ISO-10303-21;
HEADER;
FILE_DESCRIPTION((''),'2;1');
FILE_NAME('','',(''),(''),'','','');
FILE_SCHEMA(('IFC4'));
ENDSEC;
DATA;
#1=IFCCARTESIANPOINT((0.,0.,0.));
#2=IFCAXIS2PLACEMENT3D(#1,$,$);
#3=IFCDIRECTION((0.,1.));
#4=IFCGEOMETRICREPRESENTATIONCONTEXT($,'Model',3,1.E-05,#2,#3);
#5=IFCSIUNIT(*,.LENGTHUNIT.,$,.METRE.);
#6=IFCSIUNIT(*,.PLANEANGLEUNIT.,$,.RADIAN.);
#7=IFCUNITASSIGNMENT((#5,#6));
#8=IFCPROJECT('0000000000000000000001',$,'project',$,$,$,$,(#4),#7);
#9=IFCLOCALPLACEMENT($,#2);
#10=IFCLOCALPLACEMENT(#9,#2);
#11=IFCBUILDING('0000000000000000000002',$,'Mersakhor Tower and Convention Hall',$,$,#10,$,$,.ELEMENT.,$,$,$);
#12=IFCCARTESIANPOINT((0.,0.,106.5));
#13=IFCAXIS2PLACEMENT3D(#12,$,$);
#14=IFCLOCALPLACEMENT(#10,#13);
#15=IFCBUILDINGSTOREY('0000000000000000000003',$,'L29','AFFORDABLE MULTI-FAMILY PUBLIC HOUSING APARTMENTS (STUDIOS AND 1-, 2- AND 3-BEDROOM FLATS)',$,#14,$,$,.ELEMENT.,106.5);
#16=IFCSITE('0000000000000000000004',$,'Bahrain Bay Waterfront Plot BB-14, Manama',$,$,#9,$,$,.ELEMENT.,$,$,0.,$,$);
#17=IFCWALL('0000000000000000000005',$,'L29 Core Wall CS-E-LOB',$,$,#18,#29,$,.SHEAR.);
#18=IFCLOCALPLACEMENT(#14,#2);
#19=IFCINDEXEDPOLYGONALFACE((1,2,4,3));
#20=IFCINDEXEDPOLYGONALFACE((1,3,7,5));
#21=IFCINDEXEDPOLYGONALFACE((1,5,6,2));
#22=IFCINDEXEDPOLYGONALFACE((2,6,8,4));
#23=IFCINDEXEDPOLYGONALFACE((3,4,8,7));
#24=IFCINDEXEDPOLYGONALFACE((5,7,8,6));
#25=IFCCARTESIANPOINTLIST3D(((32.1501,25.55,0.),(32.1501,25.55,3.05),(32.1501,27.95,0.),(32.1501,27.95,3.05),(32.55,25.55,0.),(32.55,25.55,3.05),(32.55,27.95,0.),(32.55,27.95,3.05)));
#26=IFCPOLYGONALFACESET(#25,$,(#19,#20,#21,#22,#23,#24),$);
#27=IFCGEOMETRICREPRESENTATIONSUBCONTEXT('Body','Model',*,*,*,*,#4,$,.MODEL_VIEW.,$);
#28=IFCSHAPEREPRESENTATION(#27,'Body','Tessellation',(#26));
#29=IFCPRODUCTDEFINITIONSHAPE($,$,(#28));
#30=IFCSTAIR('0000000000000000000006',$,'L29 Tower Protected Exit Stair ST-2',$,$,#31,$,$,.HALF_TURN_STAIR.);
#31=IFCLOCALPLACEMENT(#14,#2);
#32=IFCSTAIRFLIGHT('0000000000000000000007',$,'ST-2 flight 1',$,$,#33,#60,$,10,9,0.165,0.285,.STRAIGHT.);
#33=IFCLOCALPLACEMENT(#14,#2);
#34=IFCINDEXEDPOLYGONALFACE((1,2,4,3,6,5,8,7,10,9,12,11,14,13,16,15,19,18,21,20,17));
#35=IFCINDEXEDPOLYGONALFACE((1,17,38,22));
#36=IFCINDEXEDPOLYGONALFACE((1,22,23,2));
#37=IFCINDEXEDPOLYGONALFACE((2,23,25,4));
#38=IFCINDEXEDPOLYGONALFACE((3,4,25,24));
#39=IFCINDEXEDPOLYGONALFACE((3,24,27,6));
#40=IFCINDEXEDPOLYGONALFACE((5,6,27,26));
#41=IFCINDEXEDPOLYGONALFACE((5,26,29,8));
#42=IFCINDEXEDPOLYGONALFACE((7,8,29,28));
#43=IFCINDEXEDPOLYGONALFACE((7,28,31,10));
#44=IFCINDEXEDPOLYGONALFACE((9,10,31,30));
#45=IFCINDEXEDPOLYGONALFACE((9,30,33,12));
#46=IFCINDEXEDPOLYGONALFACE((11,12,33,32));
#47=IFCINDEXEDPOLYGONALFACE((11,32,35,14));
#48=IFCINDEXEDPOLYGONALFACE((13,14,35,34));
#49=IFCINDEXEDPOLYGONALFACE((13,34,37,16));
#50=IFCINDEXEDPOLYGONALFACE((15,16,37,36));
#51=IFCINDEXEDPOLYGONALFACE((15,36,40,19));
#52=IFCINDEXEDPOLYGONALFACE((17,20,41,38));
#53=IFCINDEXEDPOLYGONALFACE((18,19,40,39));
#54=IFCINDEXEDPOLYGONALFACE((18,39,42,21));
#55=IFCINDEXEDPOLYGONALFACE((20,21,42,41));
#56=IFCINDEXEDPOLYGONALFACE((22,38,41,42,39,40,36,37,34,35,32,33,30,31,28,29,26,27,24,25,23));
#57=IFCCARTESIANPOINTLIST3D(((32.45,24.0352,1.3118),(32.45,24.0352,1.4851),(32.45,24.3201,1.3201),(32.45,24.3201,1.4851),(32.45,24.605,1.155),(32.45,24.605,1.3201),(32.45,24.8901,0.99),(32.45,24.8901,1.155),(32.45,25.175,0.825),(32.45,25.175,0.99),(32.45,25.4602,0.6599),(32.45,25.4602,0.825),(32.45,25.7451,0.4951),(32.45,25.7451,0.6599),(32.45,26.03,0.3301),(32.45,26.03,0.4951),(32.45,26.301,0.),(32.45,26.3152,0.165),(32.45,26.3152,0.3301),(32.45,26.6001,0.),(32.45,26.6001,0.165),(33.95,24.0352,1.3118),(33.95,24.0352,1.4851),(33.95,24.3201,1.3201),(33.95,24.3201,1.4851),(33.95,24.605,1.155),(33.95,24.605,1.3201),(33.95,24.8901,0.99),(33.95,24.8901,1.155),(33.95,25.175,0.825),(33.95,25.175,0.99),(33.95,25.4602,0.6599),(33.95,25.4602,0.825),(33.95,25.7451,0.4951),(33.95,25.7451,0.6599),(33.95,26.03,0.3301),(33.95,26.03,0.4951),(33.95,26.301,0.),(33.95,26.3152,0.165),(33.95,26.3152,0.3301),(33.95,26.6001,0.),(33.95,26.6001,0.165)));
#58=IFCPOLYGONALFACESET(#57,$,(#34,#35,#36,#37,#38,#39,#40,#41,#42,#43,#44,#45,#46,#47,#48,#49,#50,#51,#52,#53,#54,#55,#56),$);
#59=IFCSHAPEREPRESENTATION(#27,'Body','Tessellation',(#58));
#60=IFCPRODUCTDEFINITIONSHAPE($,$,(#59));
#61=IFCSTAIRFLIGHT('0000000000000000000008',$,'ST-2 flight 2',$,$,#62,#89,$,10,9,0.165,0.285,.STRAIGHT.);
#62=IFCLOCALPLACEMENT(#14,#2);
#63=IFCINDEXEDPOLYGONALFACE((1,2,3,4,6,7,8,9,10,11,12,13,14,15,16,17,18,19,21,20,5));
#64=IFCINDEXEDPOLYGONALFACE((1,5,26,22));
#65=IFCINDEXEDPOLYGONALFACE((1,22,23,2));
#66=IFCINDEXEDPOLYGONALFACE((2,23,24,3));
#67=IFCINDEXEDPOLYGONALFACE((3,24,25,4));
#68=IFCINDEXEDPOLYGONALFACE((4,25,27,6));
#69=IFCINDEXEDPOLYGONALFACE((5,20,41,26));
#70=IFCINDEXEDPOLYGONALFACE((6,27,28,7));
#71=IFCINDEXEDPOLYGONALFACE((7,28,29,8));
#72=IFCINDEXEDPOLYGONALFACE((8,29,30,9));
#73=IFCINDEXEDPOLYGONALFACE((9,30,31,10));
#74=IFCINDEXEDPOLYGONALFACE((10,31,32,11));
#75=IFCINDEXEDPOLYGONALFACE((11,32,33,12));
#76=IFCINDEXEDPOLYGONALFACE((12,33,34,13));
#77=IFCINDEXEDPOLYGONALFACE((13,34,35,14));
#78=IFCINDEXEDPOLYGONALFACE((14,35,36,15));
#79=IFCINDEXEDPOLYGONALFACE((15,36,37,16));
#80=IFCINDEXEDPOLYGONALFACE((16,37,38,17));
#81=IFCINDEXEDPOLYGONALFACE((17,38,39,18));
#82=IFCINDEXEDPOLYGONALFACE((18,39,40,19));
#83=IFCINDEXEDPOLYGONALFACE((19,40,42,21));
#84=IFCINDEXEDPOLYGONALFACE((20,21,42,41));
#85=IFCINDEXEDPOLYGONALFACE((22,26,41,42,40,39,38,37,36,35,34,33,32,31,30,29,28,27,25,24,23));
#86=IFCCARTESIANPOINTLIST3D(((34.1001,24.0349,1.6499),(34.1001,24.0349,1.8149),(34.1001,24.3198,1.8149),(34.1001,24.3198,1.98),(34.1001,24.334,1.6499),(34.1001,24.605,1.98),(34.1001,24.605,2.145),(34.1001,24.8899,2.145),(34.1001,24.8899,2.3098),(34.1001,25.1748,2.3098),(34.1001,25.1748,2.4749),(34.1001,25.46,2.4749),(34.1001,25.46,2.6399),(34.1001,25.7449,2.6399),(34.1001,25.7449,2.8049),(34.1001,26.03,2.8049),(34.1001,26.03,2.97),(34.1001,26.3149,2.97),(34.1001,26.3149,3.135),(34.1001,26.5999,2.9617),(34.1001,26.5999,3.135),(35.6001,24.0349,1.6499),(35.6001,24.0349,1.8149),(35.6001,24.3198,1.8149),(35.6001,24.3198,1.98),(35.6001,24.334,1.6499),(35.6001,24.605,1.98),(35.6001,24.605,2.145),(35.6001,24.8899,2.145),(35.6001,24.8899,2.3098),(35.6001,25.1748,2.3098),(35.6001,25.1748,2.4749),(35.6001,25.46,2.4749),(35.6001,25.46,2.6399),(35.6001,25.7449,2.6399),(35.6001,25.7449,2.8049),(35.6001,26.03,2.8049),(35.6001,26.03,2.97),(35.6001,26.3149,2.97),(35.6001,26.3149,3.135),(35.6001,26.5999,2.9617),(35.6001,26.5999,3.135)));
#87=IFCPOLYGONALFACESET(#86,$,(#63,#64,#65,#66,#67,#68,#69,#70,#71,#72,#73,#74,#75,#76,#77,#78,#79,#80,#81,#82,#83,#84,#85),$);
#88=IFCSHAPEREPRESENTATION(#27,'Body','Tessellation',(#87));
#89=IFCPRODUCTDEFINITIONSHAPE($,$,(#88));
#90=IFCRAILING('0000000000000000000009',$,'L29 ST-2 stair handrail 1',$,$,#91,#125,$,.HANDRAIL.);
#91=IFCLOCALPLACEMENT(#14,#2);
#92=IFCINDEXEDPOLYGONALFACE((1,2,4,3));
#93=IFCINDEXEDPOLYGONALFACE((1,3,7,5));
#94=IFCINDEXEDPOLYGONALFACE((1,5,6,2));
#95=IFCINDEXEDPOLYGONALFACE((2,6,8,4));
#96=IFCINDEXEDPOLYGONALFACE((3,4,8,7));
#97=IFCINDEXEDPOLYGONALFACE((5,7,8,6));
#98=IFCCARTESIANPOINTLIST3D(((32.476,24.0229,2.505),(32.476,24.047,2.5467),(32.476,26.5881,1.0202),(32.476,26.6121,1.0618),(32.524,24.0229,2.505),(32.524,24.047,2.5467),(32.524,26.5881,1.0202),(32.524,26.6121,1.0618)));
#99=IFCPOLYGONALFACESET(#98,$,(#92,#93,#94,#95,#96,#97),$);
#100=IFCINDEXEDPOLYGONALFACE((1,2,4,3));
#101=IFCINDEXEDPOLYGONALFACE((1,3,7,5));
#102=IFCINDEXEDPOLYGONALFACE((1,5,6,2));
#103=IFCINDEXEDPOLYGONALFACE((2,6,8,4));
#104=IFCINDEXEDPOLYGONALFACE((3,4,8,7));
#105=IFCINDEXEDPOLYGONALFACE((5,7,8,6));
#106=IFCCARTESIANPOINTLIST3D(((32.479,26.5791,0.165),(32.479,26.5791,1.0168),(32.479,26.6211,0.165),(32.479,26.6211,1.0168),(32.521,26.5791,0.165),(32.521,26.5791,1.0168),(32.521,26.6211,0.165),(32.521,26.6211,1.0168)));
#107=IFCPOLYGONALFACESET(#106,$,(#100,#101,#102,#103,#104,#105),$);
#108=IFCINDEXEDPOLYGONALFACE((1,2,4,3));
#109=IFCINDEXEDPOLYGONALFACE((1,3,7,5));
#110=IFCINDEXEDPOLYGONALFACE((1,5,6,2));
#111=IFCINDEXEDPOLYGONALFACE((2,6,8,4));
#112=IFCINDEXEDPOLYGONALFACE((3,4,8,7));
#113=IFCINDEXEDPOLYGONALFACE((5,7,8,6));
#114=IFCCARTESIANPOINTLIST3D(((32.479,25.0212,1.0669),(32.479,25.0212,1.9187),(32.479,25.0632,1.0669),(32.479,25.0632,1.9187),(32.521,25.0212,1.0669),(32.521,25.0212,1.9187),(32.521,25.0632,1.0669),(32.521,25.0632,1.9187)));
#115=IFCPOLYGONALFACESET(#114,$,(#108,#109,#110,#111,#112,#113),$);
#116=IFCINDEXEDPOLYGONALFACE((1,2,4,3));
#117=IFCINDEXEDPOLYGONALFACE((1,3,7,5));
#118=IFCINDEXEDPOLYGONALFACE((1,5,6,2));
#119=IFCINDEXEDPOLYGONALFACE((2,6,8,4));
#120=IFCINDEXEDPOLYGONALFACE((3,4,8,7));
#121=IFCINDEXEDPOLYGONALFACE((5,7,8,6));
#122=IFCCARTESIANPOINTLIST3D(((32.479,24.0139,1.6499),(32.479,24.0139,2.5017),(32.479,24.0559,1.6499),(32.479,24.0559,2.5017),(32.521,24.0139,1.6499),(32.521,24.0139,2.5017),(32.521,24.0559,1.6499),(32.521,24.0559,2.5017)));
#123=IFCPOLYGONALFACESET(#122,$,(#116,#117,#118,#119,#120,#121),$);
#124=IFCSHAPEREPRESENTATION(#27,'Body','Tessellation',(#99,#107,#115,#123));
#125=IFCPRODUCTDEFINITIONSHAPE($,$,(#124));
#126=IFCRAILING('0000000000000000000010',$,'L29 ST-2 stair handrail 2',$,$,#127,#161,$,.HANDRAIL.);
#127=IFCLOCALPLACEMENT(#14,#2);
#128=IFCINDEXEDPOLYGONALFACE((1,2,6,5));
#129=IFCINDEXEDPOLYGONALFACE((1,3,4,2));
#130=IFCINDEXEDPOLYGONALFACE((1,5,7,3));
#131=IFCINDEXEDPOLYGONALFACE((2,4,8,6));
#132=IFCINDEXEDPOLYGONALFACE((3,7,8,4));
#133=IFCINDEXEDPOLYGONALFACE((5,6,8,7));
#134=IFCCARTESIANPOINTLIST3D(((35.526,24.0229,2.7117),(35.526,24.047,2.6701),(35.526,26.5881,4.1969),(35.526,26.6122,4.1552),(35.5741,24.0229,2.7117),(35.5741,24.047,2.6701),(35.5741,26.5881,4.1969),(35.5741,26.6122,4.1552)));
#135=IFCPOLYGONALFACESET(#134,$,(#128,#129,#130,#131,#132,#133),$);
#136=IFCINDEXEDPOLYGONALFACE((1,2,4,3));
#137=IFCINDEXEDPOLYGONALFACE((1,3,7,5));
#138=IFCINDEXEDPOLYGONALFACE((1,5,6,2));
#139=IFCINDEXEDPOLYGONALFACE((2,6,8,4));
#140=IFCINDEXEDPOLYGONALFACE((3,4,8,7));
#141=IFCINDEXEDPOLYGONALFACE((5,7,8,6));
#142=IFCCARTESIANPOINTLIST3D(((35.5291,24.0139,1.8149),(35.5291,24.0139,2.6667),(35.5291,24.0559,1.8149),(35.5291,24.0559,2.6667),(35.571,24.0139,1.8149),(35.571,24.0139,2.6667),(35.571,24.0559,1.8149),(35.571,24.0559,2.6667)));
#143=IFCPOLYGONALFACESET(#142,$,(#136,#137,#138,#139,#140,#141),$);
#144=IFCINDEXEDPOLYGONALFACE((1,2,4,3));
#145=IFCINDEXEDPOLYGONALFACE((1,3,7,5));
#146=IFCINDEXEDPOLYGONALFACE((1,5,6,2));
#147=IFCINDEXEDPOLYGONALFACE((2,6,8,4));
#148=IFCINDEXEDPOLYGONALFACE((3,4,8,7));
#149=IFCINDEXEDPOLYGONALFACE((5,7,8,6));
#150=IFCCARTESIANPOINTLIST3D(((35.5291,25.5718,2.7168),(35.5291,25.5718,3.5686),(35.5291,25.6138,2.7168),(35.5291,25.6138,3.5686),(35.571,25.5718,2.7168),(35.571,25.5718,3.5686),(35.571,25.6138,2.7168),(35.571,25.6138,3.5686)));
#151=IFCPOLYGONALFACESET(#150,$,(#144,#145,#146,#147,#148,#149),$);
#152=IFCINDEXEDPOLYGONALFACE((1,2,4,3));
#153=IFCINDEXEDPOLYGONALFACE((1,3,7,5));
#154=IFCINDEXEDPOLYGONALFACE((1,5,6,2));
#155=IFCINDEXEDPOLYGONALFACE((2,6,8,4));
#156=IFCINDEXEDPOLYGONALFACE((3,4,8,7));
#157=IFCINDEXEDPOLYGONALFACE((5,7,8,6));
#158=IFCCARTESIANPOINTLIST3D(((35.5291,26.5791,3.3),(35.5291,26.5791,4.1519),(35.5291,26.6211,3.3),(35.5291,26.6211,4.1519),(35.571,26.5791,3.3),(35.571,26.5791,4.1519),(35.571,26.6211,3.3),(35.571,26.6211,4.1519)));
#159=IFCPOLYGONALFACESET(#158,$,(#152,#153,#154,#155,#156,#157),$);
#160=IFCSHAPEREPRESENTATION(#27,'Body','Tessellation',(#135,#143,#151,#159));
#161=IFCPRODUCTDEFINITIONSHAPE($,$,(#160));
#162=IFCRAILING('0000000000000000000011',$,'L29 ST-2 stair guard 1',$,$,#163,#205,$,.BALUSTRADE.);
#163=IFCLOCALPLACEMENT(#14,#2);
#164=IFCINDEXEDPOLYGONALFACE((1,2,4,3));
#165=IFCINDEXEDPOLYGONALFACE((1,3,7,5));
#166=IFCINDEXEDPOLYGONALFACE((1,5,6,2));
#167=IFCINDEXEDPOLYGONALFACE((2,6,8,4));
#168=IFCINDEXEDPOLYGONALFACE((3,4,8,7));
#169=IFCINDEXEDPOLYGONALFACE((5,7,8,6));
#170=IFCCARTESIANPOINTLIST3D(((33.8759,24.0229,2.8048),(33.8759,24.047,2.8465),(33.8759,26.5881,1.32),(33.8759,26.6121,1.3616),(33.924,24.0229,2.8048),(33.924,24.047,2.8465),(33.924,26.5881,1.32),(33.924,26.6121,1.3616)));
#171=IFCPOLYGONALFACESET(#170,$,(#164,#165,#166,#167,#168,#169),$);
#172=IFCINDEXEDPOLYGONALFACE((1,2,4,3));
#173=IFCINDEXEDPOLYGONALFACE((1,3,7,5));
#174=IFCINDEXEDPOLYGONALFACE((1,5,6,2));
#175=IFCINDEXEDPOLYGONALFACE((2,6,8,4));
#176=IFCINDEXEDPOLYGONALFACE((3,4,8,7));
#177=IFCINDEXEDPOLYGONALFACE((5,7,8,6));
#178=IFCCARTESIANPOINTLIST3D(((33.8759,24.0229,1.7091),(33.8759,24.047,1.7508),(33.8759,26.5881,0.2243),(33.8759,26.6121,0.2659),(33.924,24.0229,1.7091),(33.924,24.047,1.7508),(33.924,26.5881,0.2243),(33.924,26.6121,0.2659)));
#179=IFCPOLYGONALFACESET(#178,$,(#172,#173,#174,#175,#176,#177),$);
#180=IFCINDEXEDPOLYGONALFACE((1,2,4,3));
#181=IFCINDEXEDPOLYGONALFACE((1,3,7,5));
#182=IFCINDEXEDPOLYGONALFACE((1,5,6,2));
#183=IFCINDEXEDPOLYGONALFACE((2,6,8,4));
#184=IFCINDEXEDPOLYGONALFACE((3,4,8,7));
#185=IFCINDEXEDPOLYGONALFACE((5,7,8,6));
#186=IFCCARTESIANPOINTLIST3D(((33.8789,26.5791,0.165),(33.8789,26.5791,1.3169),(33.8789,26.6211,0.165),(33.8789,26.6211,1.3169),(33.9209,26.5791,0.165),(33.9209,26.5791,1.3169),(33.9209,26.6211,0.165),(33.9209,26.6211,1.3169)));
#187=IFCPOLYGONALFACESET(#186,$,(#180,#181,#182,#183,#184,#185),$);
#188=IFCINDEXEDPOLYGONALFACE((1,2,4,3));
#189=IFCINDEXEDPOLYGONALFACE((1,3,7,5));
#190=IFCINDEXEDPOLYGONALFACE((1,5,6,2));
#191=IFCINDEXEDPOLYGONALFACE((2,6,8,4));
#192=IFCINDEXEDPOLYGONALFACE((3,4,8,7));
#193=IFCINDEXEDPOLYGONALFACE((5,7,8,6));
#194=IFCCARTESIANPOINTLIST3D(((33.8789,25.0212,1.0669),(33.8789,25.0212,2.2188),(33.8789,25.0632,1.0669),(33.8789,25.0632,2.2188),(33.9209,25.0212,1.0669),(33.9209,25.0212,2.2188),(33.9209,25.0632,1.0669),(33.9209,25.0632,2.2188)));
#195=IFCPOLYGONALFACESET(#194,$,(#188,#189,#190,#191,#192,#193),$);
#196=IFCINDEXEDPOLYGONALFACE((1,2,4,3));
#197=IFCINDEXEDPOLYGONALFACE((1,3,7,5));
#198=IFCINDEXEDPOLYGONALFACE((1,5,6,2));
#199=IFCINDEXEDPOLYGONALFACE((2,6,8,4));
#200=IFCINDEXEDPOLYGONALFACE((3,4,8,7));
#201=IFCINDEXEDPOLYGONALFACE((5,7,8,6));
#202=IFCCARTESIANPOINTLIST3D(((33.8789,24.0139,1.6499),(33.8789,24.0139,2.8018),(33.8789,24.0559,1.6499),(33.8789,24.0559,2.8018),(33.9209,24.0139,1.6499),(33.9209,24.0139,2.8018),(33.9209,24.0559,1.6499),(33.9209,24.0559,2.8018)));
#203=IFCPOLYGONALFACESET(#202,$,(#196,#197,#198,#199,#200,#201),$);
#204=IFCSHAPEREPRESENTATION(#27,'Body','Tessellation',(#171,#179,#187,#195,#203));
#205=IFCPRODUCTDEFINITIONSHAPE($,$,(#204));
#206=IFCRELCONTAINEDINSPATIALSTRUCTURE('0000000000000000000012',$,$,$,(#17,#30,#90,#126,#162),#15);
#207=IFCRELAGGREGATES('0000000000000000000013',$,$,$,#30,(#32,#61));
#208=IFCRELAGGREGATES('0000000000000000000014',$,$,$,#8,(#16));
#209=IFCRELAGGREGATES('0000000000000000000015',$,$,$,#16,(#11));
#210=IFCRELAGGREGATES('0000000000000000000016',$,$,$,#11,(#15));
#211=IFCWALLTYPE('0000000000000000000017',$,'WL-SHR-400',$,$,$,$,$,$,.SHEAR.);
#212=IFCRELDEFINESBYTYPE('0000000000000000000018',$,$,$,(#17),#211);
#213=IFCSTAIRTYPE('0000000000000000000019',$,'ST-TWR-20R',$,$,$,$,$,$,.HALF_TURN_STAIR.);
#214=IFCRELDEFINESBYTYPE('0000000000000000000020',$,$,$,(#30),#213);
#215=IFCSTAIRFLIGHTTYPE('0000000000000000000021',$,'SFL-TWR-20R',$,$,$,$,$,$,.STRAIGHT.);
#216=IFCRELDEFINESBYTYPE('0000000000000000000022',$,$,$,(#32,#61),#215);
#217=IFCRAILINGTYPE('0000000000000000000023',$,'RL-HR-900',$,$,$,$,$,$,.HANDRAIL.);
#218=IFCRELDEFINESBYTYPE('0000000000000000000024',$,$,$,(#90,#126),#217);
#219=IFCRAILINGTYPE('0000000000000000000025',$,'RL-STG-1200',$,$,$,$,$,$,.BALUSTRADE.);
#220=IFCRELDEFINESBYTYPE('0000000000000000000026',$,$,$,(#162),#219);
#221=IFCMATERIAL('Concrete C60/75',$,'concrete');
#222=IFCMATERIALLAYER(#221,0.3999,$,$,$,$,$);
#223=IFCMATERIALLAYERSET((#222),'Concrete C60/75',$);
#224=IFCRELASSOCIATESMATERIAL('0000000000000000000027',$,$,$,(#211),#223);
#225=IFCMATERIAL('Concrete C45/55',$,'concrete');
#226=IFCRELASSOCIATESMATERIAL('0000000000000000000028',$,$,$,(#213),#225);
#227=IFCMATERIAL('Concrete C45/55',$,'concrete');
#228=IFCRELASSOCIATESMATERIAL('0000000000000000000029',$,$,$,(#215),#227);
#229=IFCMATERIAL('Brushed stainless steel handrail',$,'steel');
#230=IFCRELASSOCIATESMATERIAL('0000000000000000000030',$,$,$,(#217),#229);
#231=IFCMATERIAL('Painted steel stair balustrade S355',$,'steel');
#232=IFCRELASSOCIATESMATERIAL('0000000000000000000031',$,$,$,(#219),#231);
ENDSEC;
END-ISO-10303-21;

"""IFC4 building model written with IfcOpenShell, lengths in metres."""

from ifc_helpers import new_model, si_unit, direction, frame, frame_2d, origin, origin_2d, place, context, subcontext, project, spatial, polyline, rectangle, outline, extrude, material, layer, layer_set, type_object, element, aggregate, save


model = new_model("IFC4")

# Units and contexts
model_context = context("Model", 3, precision=1e-05, world=origin(), true_north=direction((0.0, 1.0)))
body_context = subcontext(model_context, "Body", "Model", "MODEL_VIEW")
ifc_project = project(units=[si_unit("LENGTHUNIT", "METRE"), si_unit("PLANEANGLEUNIT", "RADIAN")], contexts=[model_context])

# Site, building, storey
site_placement = place(None, origin())
site = spatial("IfcSite", under=ifc_project, at=site_placement, Name="Bahrain Bay Waterfront Plot BB-14, Manama", CompositionType="ELEMENT", RefElevation=0.0)
building_placement = place(site_placement, origin())
building = spatial("IfcBuilding", under=site, at=building_placement, Name="Mersakhor Tower and Convention Hall", CompositionType="ELEMENT")
storey_placement = place(building_placement, frame((0.0, 0.0, 106.5)))
storey = spatial("IfcBuildingStorey", under=building, at=storey_placement, Name="L29", Description="AFFORDABLE MULTI-FAMILY PUBLIC HOUSING APARTMENTS (STUDIOS AND 1-, 2- AND 3-BEDROOM FLATS)", CompositionType="ELEMENT", Elevation=106.5)

# Shared definitions
ifc_material_1 = material(Name="Concrete C60/75", Category="concrete")
ifc_layer_1 = layer(ifc_material_1, 0.3999)
ifc_layer_set_1 = layer_set([ifc_layer_1], Name="Concrete C60/75")
wall_type_1 = type_object("IfcWallType", Name="WL-SHR-400", PredefinedType="SHEAR", material=ifc_layer_set_1)

# Wall
wall_1_placement = place(storey_placement, frame((32.3501, 25.55, 0.0), z_axis=(0.0, 0.0, 1.0), x_axis=(0.0, 1.0, 0.0)))
element("IfcWall", 1, at=wall_1_placement, inside=storey, type_object=wall_type_1, Name="L29 Core Wall CS-E-LOB", PredefinedType="SHEAR", context=body_context, shape_type="SweptSolid", body=[
    extrude(rectangle(XDim=2.3999, YDim=0.3999, at=frame_2d((1.2, 0.0))), origin(), (0.0, 0.0, 1.0), 3.05),
])

# Stair, stair flights
ifc_material_2 = material(Name="Concrete C45/55", Category="concrete")
stair_type = type_object("IfcStairType", Name="ST-TWR-20R", PredefinedType="HALF_TURN_STAIR", material=ifc_material_2)
stair_placement = place(storey_placement, origin())
stair = element("IfcStair", 2, at=stair_placement, inside=storey, type_object=stair_type, Name="L29 Tower Protected Exit Stair ST-2", PredefinedType="HALF_TURN_STAIR")
ifc_material_3 = material(Name="Concrete C45/55", Category="concrete")
stair_flight_type = type_object("IfcStairFlightType", Name="SFL-TWR-20R", PredefinedType="STRAIGHT", material=ifc_material_3)
stair_flight_1_placement = place(storey_placement, frame((33.2, 26.6001, 0.0), z_axis=(0.0, 0.0, 1.0), x_axis=(0.0, -1.0, 0.0)))
stair_flight_1 = element("IfcStairFlight", 3, at=stair_flight_1_placement, type_object=stair_flight_type, Name="ST-2 flight 1", NumberOfRisers=10, NumberOfTreads=9, PredefinedType="STRAIGHT", RiserHeight=0.165, TreadLength=0.285, context=body_context, shape_type="SweptSolid", body=[
    extrude(outline(polyline([(0.0, 0.0), (0.0, 0.165), (0.2849, 0.165), (0.2849, 0.3301), (0.5701, 0.3301), (0.5701, 0.4951), (0.855, 0.4951), (0.855, 0.6599), (1.1399, 0.6599), (1.1399, 0.825), (1.425, 0.825), (1.425, 0.99), (1.71, 0.99), (1.71, 1.155), (1.9951, 1.155), (1.9951, 1.3201), (2.28, 1.3201), (2.28, 1.4851), (2.5649, 1.4851), (2.5649, 1.6499), (2.5649, 1.3118), (0.2991, 0.0), (0.0, 0.0)])), frame((0.0, 0.75, 0.0), z_axis=(0.0, -1.0, 0.0), x_axis=(1.0, 0.0, 0.0)), (0.0, 0.0, 1.0), 1.5),
])
stair_flight_2_placement = place(storey_placement, frame((34.8501, 24.0349, 1.6499), z_axis=(0.0, 0.0, 1.0), x_axis=(0.0, 1.0, 0.0)))
stair_flight_2 = element("IfcStairFlight", 4, at=stair_flight_2_placement, type_object=stair_flight_type, Name="ST-2 flight 2", NumberOfRisers=10, NumberOfTreads=9, PredefinedType="STRAIGHT", RiserHeight=0.165, TreadLength=0.285, context=body_context, shape_type="SweptSolid", body=[
    extrude(outline(polyline([(0.0, 0.0), (0.0, 0.165), (0.2849, 0.165), (0.2849, 0.3301), (0.5701, 0.3301), (0.5701, 0.4951), (0.855, 0.4951), (0.855, 0.6599), (1.1399, 0.6599), (1.1399, 0.825), (1.425, 0.825), (1.425, 0.99), (1.71, 0.99), (1.71, 1.155), (1.9951, 1.155), (1.9951, 1.3201), (2.28, 1.3201), (2.28, 1.4851), (2.5649, 1.4851), (2.5649, 1.6499), (2.5649, 1.3118), (0.2991, 0.0), (0.0, 0.0)])), frame((0.0, 0.75, 0.0), z_axis=(0.0, -1.0, 0.0), x_axis=(1.0, 0.0, 0.0)), (0.0, 0.0, 1.0), 1.5),
])
aggregate(stair, [stair_flight_1, stair_flight_2])

# Railings
ifc_material_4 = material(Name="Brushed stainless steel handrail", Category="steel")
railing_type_1 = type_object("IfcRailingType", Name="RL-HR-900", PredefinedType="HANDRAIL", material=ifc_material_4)
railing_1_placement = place(storey_placement, frame((32.5, 26.6001, 0.165)))
element("IfcRailing", 5, at=railing_1_placement, inside=storey, type_object=railing_type_1, Name="L29 ST-2 stair handrail 1", PredefinedType="HANDRAIL", context=body_context, shape_type="SweptSolid", body=[
    extrude(rectangle(XDim=0.0481, YDim=0.0481, at=origin_2d()), frame((0.0, 0.0, 0.876), z_axis=(0.0, -0.865462, 0.500975), x_axis=(1.0, 0.0, 0.0)), (0.0, 0.0, 1.0), 2.9639),
    extrude(rectangle(XDim=0.042, YDim=0.042, at=origin_2d()), origin(), (0.0, 0.0, 1.0), 0.8518),
    extrude(rectangle(XDim=0.042, YDim=0.042, at=origin_2d()), frame((0.0, -1.5579, 0.9019)), (0.0, 0.0, 1.0), 0.8518),
    extrude(rectangle(XDim=0.042, YDim=0.042, at=origin_2d()), frame((0.0, -2.5652, 1.4849)), (0.0, 0.0, 1.0), 0.8518),
])
railing_2_placement = place(storey_placement, frame((35.55, 24.0349, 1.8149)))
element("IfcRailing", 6, at=railing_2_placement, inside=storey, type_object=railing_type_1, Name="L29 ST-2 stair handrail 2", PredefinedType="HANDRAIL", context=body_context, shape_type="SweptSolid", body=[
    extrude(rectangle(XDim=0.0481, YDim=0.0481, at=origin_2d()), frame((0.0, 0.0, 0.876), z_axis=(0.0, 0.865426, 0.501036), x_axis=(-1.0, 0.0, 0.0)), (0.0, 0.0, 1.0), 2.9641),
    extrude(rectangle(XDim=0.042, YDim=0.042, at=origin_2d()), origin(), (0.0, 0.0, 1.0), 0.8518),
    extrude(rectangle(XDim=0.042, YDim=0.042, at=origin_2d()), frame((0.0, 1.5579, 0.9019)), (0.0, 0.0, 1.0), 0.8518),
    extrude(rectangle(XDim=0.042, YDim=0.042, at=origin_2d()), frame((0.0, 2.5652, 1.4851)), (0.0, 0.0, 1.0), 0.8518),
])
ifc_material_5 = material(Name="Painted steel stair balustrade S355", Category="steel")
railing_type_2 = type_object("IfcRailingType", Name="RL-STG-1200", PredefinedType="BALUSTRADE", material=ifc_material_5)
railing_3_placement = place(storey_placement, frame((33.8999, 26.6001, 0.165)))
element("IfcRailing", 7, at=railing_3_placement, inside=storey, type_object=railing_type_2, Name="L29 ST-2 stair guard 1", PredefinedType="BALUSTRADE", context=body_context, shape_type="SweptSolid", body=[
    extrude(rectangle(XDim=0.0481, YDim=0.0481, at=origin_2d()), frame((0.0, 0.0, 1.1758), z_axis=(0.0, -0.865462, 0.500975), x_axis=(1.0, 0.0, 0.0)), (0.0, 0.0, 1.0), 2.9639),
    extrude(rectangle(XDim=0.0481, YDim=0.0481, at=origin_2d()), frame((0.0, 0.0, 0.0801), z_axis=(0.0, -0.865462, 0.500975), x_axis=(1.0, 0.0, 0.0)), (0.0, 0.0, 1.0), 2.9639),
    extrude(rectangle(XDim=0.042, YDim=0.042, at=origin_2d()), origin(), (0.0, 0.0, 1.0), 1.1519),
    extrude(rectangle(XDim=0.042, YDim=0.042, at=origin_2d()), frame((0.0, -1.5579, 0.9019)), (0.0, 0.0, 1.0), 1.1519),
    extrude(rectangle(XDim=0.042, YDim=0.042, at=origin_2d()), frame((0.0, -2.5652, 1.4849)), (0.0, 0.0, 1.0), 1.1519),
])

save(model, "model.ifc")
